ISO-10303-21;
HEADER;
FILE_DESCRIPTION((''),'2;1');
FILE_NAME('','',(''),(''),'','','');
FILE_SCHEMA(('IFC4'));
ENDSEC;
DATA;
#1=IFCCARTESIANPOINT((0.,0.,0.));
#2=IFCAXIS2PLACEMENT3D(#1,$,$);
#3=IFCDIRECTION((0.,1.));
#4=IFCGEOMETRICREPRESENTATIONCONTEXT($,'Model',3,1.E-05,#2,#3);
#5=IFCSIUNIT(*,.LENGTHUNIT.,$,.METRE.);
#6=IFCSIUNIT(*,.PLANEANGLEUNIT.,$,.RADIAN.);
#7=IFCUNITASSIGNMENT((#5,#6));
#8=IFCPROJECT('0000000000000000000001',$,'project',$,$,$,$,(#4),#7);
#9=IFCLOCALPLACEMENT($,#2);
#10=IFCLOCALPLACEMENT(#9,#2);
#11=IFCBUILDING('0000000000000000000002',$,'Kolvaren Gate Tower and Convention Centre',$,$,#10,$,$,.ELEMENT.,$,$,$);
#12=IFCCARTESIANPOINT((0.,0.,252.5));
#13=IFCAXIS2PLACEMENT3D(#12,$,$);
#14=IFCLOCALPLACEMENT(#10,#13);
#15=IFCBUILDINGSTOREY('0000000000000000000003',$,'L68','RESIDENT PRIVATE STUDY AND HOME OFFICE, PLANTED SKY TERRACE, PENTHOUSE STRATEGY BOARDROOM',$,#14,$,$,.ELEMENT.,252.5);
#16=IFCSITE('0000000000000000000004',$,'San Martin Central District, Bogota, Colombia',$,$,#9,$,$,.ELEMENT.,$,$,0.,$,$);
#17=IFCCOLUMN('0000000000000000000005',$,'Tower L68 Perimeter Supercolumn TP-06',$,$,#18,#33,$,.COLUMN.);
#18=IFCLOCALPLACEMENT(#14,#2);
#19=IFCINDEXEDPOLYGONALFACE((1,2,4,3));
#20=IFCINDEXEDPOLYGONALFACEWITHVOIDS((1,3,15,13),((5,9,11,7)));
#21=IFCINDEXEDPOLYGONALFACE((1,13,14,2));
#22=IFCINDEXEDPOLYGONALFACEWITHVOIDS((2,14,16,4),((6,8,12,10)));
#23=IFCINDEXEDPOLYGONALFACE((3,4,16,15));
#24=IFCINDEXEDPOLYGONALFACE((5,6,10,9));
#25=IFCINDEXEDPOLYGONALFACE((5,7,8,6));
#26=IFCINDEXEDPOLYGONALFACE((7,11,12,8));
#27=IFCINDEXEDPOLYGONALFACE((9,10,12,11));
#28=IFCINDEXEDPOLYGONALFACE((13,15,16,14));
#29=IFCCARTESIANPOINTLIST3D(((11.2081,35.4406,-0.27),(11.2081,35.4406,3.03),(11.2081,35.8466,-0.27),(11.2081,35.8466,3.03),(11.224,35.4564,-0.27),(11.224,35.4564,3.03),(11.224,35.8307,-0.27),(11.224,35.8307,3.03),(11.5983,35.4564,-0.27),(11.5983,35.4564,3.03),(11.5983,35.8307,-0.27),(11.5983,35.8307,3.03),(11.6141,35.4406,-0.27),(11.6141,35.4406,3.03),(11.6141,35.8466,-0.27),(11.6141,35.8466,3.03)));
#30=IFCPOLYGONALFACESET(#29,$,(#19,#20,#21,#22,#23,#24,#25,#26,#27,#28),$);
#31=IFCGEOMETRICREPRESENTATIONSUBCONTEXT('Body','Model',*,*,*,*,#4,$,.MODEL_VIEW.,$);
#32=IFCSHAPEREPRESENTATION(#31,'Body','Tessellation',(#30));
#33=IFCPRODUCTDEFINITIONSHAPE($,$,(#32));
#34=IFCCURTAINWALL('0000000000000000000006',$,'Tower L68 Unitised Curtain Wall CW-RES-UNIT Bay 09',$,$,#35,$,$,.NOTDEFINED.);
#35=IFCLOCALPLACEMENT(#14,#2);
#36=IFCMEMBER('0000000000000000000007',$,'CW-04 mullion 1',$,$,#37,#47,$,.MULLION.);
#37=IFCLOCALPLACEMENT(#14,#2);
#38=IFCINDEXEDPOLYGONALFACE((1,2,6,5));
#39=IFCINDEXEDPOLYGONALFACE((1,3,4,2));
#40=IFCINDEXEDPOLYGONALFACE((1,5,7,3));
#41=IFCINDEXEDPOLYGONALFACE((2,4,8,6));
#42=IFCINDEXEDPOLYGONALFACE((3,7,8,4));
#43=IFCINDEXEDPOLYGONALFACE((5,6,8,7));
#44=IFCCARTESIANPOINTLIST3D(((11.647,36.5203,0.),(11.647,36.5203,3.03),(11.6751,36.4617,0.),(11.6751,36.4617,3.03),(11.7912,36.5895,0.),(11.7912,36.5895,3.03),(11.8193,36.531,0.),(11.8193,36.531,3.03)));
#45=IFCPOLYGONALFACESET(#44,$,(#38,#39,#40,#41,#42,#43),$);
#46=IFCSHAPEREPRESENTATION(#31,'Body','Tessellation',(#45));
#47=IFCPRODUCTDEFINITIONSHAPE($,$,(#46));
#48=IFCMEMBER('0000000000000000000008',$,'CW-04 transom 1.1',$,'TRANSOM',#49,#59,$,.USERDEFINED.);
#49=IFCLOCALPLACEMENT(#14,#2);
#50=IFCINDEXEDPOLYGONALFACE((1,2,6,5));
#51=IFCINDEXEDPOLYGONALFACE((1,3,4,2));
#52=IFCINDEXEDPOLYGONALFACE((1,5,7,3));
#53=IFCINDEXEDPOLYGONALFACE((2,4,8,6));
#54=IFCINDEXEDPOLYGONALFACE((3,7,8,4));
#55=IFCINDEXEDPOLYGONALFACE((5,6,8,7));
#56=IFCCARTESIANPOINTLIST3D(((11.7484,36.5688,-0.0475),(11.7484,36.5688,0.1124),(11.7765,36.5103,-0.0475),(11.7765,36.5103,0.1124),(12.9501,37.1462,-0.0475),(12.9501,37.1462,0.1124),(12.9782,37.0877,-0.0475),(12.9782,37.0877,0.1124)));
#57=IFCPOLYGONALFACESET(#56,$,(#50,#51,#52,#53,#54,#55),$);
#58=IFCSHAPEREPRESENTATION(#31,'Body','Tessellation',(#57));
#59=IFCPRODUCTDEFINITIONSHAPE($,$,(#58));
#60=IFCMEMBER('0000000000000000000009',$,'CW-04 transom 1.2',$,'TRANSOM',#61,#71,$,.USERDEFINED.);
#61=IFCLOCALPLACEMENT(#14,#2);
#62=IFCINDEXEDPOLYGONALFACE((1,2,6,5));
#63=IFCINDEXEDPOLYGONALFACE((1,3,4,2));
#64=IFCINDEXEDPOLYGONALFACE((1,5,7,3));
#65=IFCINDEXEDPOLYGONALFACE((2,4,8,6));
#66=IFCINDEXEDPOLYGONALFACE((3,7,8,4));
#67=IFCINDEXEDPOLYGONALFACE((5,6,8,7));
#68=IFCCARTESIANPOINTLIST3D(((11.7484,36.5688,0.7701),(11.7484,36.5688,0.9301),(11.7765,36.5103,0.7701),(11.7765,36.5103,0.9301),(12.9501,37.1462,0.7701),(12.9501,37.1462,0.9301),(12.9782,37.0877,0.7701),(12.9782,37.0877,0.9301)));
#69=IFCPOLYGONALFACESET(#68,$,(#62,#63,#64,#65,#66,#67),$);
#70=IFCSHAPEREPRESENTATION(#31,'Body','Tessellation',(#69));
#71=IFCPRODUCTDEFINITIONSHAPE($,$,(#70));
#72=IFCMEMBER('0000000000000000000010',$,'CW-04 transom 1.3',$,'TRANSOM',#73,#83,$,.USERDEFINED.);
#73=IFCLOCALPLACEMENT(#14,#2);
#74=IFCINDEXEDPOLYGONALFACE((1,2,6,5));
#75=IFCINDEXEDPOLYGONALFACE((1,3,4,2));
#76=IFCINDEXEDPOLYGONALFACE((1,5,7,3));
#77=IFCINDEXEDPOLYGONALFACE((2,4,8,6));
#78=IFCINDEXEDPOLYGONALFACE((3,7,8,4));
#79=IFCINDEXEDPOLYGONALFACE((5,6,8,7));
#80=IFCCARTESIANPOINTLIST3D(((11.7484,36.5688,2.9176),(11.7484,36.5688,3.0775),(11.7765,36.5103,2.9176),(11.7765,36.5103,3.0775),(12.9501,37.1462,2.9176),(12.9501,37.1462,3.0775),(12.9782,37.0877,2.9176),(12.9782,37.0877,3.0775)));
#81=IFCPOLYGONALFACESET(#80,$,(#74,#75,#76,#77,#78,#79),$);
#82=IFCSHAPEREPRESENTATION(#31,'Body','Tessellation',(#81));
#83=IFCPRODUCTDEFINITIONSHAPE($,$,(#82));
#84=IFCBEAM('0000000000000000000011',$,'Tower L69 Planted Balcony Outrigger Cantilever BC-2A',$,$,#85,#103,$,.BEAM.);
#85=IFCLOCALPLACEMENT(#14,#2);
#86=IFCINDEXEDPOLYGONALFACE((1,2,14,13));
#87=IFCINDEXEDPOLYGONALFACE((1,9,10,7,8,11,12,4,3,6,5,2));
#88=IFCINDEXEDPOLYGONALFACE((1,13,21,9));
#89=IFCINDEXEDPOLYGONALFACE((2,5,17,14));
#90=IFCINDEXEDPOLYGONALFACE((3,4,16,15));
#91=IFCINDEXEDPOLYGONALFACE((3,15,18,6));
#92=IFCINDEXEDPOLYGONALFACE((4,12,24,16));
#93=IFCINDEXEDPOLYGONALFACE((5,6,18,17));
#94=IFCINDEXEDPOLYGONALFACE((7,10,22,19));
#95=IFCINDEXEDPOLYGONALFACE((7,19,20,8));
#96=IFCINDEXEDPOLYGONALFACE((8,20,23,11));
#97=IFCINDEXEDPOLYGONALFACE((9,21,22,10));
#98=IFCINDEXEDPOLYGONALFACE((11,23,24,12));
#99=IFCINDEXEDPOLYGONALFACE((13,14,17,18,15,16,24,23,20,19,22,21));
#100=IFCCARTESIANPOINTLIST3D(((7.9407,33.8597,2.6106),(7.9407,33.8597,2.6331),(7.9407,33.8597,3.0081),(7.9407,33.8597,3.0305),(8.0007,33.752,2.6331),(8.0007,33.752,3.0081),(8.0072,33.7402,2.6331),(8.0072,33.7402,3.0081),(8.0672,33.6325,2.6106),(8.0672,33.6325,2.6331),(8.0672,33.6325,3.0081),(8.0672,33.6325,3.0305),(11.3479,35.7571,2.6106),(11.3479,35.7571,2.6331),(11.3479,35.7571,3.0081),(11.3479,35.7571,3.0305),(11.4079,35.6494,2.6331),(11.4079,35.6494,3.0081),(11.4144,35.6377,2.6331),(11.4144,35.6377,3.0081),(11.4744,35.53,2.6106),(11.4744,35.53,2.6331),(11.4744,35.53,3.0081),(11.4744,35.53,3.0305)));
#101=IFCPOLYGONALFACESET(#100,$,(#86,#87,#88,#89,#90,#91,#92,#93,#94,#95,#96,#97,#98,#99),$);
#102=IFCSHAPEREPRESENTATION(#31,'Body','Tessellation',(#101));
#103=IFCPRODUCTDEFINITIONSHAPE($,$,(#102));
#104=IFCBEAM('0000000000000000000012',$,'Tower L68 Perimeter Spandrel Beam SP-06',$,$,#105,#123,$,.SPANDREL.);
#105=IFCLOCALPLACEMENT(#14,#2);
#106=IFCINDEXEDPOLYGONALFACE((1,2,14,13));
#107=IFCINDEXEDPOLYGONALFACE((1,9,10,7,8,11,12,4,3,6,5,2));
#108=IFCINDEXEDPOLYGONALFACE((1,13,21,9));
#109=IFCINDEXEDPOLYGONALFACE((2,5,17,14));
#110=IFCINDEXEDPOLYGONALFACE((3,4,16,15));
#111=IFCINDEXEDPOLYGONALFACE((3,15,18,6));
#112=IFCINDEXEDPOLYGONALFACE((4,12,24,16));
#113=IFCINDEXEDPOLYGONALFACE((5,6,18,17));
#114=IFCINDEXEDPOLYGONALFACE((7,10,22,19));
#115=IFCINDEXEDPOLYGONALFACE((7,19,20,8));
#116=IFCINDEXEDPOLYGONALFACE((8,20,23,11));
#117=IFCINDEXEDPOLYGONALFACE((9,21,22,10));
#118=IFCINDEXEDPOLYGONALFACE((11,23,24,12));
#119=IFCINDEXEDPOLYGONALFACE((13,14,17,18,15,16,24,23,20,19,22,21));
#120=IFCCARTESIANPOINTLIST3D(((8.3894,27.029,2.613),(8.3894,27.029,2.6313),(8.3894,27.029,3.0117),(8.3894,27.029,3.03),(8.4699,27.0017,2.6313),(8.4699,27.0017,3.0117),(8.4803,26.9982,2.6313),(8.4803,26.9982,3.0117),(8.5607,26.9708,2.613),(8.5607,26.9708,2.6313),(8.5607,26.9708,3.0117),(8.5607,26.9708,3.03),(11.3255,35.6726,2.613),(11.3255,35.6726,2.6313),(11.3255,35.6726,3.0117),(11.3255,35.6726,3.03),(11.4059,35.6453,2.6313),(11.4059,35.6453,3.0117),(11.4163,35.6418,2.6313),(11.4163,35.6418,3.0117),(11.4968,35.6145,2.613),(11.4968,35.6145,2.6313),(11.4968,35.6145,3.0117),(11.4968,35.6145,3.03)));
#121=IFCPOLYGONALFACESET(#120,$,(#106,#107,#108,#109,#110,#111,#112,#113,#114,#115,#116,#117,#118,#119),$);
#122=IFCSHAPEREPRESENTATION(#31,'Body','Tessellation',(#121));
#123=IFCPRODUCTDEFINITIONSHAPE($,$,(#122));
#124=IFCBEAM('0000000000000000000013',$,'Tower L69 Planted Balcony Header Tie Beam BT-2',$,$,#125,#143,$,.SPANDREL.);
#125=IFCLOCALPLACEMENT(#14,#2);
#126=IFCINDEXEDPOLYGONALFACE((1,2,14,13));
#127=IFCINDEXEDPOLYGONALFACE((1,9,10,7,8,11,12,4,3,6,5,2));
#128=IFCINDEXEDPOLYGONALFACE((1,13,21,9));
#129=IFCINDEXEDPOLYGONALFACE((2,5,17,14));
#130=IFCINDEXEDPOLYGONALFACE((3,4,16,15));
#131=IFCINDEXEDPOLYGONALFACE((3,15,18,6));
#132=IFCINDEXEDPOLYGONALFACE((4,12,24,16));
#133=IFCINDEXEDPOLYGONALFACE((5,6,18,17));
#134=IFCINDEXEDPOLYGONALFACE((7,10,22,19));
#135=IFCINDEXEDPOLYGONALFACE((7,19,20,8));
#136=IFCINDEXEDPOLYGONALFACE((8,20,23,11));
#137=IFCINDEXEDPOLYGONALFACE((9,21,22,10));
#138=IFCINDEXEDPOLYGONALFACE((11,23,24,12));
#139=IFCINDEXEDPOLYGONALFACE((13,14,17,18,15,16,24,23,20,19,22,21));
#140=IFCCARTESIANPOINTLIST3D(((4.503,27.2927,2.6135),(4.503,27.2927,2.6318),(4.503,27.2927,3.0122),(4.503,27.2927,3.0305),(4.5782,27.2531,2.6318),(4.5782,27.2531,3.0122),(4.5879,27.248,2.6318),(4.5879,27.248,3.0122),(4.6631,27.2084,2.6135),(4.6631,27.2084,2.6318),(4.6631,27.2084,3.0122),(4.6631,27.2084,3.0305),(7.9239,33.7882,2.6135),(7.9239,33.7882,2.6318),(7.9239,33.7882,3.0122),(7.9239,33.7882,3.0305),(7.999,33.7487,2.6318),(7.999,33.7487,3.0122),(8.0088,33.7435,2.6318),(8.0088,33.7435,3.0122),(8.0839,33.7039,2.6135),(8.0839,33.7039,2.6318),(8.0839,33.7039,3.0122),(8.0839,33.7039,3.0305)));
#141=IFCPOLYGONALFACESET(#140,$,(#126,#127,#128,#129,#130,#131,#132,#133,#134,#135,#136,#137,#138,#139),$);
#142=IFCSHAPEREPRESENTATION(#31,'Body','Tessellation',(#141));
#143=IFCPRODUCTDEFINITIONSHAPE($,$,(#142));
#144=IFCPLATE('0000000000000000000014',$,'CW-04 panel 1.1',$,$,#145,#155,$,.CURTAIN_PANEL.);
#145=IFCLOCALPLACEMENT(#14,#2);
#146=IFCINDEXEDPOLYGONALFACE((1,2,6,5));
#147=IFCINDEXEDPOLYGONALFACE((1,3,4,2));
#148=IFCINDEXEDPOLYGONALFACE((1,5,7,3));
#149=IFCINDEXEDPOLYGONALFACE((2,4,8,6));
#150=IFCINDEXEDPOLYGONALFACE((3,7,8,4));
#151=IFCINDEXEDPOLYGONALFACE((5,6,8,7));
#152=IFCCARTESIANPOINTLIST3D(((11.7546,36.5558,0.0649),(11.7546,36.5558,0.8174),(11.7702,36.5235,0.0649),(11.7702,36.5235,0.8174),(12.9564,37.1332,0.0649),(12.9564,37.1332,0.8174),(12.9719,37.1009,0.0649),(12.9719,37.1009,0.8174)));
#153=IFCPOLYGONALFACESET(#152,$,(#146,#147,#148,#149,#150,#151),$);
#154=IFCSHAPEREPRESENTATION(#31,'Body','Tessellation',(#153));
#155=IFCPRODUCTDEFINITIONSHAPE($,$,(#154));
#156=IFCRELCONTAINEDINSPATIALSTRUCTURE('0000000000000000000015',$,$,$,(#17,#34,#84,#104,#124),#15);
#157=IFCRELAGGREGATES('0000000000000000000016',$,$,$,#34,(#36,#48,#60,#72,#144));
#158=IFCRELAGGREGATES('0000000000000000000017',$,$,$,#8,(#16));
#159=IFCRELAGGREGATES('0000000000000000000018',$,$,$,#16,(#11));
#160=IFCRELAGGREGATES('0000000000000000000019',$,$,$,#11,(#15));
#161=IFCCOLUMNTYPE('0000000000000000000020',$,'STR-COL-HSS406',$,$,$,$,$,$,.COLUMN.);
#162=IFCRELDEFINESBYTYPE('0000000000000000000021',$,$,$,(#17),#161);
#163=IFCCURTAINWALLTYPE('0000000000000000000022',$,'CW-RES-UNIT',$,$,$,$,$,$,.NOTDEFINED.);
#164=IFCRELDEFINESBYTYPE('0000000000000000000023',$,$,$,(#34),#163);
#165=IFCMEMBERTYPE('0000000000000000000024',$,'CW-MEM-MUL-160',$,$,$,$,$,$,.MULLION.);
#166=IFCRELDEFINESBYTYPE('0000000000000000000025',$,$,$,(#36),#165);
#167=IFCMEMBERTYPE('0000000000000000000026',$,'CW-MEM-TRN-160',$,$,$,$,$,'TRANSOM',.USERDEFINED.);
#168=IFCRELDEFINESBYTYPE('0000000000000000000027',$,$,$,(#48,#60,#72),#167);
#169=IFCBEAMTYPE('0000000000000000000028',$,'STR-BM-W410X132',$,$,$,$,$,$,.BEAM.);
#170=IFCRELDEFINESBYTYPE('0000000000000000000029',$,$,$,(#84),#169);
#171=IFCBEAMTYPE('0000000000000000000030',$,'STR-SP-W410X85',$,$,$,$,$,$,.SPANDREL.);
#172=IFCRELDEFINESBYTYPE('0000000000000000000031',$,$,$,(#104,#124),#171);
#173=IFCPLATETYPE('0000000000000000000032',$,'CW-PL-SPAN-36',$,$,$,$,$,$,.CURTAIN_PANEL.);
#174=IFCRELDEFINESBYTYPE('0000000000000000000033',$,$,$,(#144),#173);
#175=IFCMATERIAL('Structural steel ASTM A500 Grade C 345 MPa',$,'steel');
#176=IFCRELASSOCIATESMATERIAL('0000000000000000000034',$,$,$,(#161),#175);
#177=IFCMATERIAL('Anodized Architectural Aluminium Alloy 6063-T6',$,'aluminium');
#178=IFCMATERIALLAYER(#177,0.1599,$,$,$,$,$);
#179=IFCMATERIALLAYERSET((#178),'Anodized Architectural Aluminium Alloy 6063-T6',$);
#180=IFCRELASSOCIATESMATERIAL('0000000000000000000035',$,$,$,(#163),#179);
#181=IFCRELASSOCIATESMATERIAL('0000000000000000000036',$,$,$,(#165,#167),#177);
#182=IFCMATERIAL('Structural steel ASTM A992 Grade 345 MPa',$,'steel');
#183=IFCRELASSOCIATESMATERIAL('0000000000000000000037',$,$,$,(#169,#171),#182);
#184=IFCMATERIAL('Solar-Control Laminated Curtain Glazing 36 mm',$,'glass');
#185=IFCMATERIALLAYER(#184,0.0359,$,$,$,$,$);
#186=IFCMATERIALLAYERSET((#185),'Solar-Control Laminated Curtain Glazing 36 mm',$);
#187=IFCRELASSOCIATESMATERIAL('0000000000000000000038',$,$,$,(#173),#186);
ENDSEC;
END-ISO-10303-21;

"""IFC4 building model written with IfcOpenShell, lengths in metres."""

from ifc_helpers import new_model, si_unit, direction, frame, origin, origin_2d, place, context, subcontext, project, spatial, rectangle, hollow_rectangle, i_section, extrude, material, layer, layer_set, material_profile, profile_set, type_object, element, aggregate, save


model = new_model("IFC4")

# Units and contexts
model_context = context("Model", 3, precision=1e-05, world=origin(), true_north=direction((0.0, 1.0)))
body_context = subcontext(model_context, "Body", "Model", "MODEL_VIEW")
ifc_project = project(units=[si_unit("LENGTHUNIT", "METRE"), si_unit("PLANEANGLEUNIT", "RADIAN")], contexts=[model_context])

# Site, building, storey
site_placement = place(None, origin())
site = spatial("IfcSite", under=ifc_project, at=site_placement, Name="San Martin Central District, Bogota, Colombia", CompositionType="ELEMENT", RefElevation=0.0)
building_placement = place(site_placement, origin())
building = spatial("IfcBuilding", under=site, at=building_placement, Name="Kolvaren Gate Tower and Convention Centre", CompositionType="ELEMENT")
storey_placement = place(building_placement, frame((0.0, 0.0, 252.5)))
storey = spatial("IfcBuildingStorey", under=building, at=storey_placement, Name="L68", Description="RESIDENT PRIVATE STUDY AND HOME OFFICE, PLANTED SKY TERRACE, PENTHOUSE STRATEGY BOARDROOM", CompositionType="ELEMENT", Elevation=252.5)

# Column
ifc_material_1 = material(Name="Structural steel ASTM A500 Grade C 345 MPa", Category="steel")
ifc_material_profile_1 = material_profile(ifc_material_1, hollow_rectangle(XDim=0.406, YDim=0.406, WallThickness=0.0159, at=origin_2d()), Name="HSS406X406X15.9")
ifc_profile_set_1 = profile_set([ifc_material_profile_1], Name="Structural steel ASTM A500 Grade C 345 MPa")
column_type = type_object("IfcColumnType", Name="STR-COL-HSS406", PredefinedType="COLUMN", material=ifc_profile_set_1)
column_placement = place(storey_placement, frame((11.4111, 35.6436, -0.27), z_axis=(0.0, 0.0, 1.0), x_axis=(1.0, 0.0, 0.0)))
element("IfcColumn", 1, at=column_placement, inside=storey, type_object=column_type, Name="Tower L68 Perimeter Supercolumn TP-06", PredefinedType="COLUMN", context=body_context, shape_type="SweptSolid", body=[
    extrude(hollow_rectangle(XDim=0.406, YDim=0.406, WallThickness=0.0159, at=origin_2d()), origin(), (0.0, 0.0, 1.0), 3.3),
])

# Curtain wall, members
ifc_material_2 = material(Name="Anodized Architectural Aluminium Alloy 6063-T6", Category="aluminium")
ifc_layer_1 = layer(ifc_material_2, 0.1599)
ifc_layer_set_1 = layer_set([ifc_layer_1], Name="Anodized Architectural Aluminium Alloy 6063-T6")
curtain_wall_type = type_object("IfcCurtainWallType", Name="CW-RES-UNIT", PredefinedType="NOTDEFINED", material=ifc_layer_set_1)
curtain_wall_placement = place(storey_placement, origin())
curtain_wall = element("IfcCurtainWall", 2, at=curtain_wall_placement, inside=storey, type_object=curtain_wall_type, Name="Tower L68 Unitised Curtain Wall CW-RES-UNIT Bay 09", PredefinedType="NOTDEFINED")
ifc_material_profile_2 = material_profile(ifc_material_2, rectangle(XDim=0.0649, YDim=0.1599, at=origin_2d()), Name="CW-MEM-MUL-160")
ifc_profile_set_2 = profile_set([ifc_material_profile_2], Name="Anodized Architectural Aluminium Alloy 6063-T6")
member_type_1 = type_object("IfcMemberType", Name="CW-MEM-MUL-160", PredefinedType="MULLION", material=ifc_profile_set_2)
member_1_placement = place(storey_placement, frame((11.7332, 36.5256, 0.0), z_axis=(0.0, 0.0, 1.0), x_axis=(-0.433067, 0.901362, 0.0)))
member_1 = element("IfcMember", 3, at=member_1_placement, type_object=member_type_1, Name="CW-04 mullion 1", PredefinedType="MULLION", context=body_context, shape_type="SweptSolid", body=[
    extrude(rectangle(XDim=0.0649, YDim=0.1599, at=origin_2d()), origin(), (0.0, 0.0, 1.0), 3.03),
])
ifc_material_profile_3 = material_profile(ifc_material_2, rectangle(XDim=0.0649, YDim=0.1599, at=origin_2d()), Name="CW-MEM-TRN-160")
ifc_profile_set_3 = profile_set([ifc_material_profile_3], Name="Anodized Architectural Aluminium Alloy 6063-T6")
member_type_2 = type_object("IfcMemberType", Name="CW-MEM-TRN-160", ElementType="TRANSOM", PredefinedType="USERDEFINED", material=ifc_profile_set_3)
member_2_placement = place(storey_placement, frame((11.7625, 36.5396, 0.0325), z_axis=(0.901349, 0.433094, 0.0), x_axis=(-0.433094, 0.901349, 0.0)))
member_2 = element("IfcMember", 4, at=member_2_placement, type_object=member_type_2, Name="CW-04 transom 1.1", ObjectType="TRANSOM", PredefinedType="USERDEFINED", context=body_context, shape_type="SweptSolid", body=[
    extrude(rectangle(XDim=0.0649, YDim=0.1599, at=origin_2d()), origin(), (0.0, 0.0, 1.0), 1.3333),
])
member_3_placement = place(storey_placement, frame((11.7625, 36.5396, 0.8501), z_axis=(0.901349, 0.433094, 0.0), x_axis=(-0.433094, 0.901349, 0.0)))
member_3 = element("IfcMember", 5, at=member_3_placement, type_object=member_type_2, Name="CW-04 transom 1.2", ObjectType="TRANSOM", PredefinedType="USERDEFINED", context=body_context, shape_type="SweptSolid", body=[
    extrude(rectangle(XDim=0.0649, YDim=0.1599, at=origin_2d()), origin(), (0.0, 0.0, 1.0), 1.3333),
])
member_4_placement = place(storey_placement, frame((11.7625, 36.5396, 2.9976), z_axis=(0.901349, 0.433094, 0.0), x_axis=(-0.433094, 0.901349, 0.0)))
member_4 = element("IfcMember", 6, at=member_4_placement, type_object=member_type_2, Name="CW-04 transom 1.3", ObjectType="TRANSOM", PredefinedType="USERDEFINED", context=body_context, shape_type="SweptSolid", body=[
    extrude(rectangle(XDim=0.0649, YDim=0.1599, at=origin_2d()), origin(), (0.0, 0.0, 1.0), 1.3333),
])

# Beams
ifc_material_3 = material(Name="Structural steel ASTM A992 Grade 345 MPa", Category="steel")
ifc_material_profile_4 = material_profile(ifc_material_3, i_section(OverallWidth=0.26, OverallDepth=0.4199, WebThickness=0.0134, FlangeThickness=0.0225, at=origin_2d()), Name="W410X132")
ifc_profile_set_4 = profile_set([ifc_material_profile_4], Name="Structural steel ASTM A992 Grade 345 MPa")
beam_type_1 = type_object("IfcBeamType", Name="STR-BM-W410X132", PredefinedType="BEAM", material=ifc_profile_set_4)
beam_1_placement = place(storey_placement, frame((11.4111, 35.6436, 2.8206), z_axis=(-0.873661, -0.486536, 0.0), x_axis=(0.486536, -0.873661, 0.0)))
element("IfcBeam", 7, at=beam_1_placement, inside=storey, type_object=beam_type_1, Name="Tower L69 Planted Balcony Outrigger Cantilever BC-2A", PredefinedType="BEAM", context=body_context, shape_type="SweptSolid", body=[
    extrude(i_section(OverallWidth=0.26, OverallDepth=0.4199, WebThickness=0.0134, FlangeThickness=0.0225, at=origin_2d()), origin(), (0.0, 0.0, 1.0), 3.8999),
])
ifc_material_profile_5 = material_profile(ifc_material_3, i_section(OverallWidth=0.1809, OverallDepth=0.417, WebThickness=0.011, FlangeThickness=0.0183, at=origin_2d()), Name="W410X85")
ifc_profile_set_5 = profile_set([ifc_material_profile_5], Name="Structural steel ASTM A992 Grade 345 MPa")
beam_type_2 = type_object("IfcBeamType", Name="STR-SP-W410X85", PredefinedType="SPANDREL", material=ifc_profile_set_5)
beam_2_placement = place(storey_placement, frame((11.4111, 35.6436, 2.8215), z_axis=(-0.32163, -0.946865, 0.0), x_axis=(0.946865, -0.32163, 0.0)))
element("IfcBeam", 8, at=beam_2_placement, inside=storey, type_object=beam_type_2, Name="Tower L68 Perimeter Spandrel Beam SP-06", PredefinedType="SPANDREL", context=body_context, shape_type="SweptSolid", body=[
    extrude(i_section(OverallWidth=0.1809, OverallDepth=0.417, WebThickness=0.011, FlangeThickness=0.0183, at=origin_2d()), origin(), (0.0, 0.0, 1.0), 9.1287),
])
beam_3_placement = place(storey_placement, frame((8.0039, 33.7461, 2.822), z_axis=(-0.465977, -0.884797, 0.0), x_axis=(0.884797, -0.465977, 0.0)))
element("IfcBeam", 9, at=beam_3_placement, inside=storey, type_object=beam_type_2, Name="Tower L69 Planted Balcony Header Tie Beam BT-2", PredefinedType="SPANDREL", context=body_context, shape_type="SweptSolid", body=[
    extrude(i_section(OverallWidth=0.1809, OverallDepth=0.417, WebThickness=0.011, FlangeThickness=0.0183, at=origin_2d()), origin(), (0.0, 0.0, 1.0), 7.3413),
])

# Plate
ifc_material_4 = material(Name="Solar-Control Laminated Curtain Glazing 36 mm", Category="glass")
ifc_layer_2 = layer(ifc_material_4, 0.0359)
ifc_layer_set_2 = layer_set([ifc_layer_2], Name="Solar-Control Laminated Curtain Glazing 36 mm")
plate_type = type_object("IfcPlateType", Name="CW-PL-SPAN-36", PredefinedType="CURTAIN_PANEL", material=ifc_layer_set_2)
plate_placement = place(storey_placement, frame((12.3633, 36.8284, 0.0649), z_axis=(0.0, 0.0, 1.0), x_axis=(0.901362, 0.433067, 0.0)))
plate = element("IfcPlate", 10, at=plate_placement, type_object=plate_type, Name="CW-04 panel 1.1", PredefinedType="CURTAIN_PANEL", context=body_context, shape_type="SweptSolid", body=[
    extrude(rectangle(XDim=1.3333, YDim=0.0359, at=origin_2d()), origin(), (0.0, 0.0, 1.0), 0.7524),
])
aggregate(curtain_wall, [member_1, member_2, member_3, member_4, plate])

save(model, "model.ifc")
